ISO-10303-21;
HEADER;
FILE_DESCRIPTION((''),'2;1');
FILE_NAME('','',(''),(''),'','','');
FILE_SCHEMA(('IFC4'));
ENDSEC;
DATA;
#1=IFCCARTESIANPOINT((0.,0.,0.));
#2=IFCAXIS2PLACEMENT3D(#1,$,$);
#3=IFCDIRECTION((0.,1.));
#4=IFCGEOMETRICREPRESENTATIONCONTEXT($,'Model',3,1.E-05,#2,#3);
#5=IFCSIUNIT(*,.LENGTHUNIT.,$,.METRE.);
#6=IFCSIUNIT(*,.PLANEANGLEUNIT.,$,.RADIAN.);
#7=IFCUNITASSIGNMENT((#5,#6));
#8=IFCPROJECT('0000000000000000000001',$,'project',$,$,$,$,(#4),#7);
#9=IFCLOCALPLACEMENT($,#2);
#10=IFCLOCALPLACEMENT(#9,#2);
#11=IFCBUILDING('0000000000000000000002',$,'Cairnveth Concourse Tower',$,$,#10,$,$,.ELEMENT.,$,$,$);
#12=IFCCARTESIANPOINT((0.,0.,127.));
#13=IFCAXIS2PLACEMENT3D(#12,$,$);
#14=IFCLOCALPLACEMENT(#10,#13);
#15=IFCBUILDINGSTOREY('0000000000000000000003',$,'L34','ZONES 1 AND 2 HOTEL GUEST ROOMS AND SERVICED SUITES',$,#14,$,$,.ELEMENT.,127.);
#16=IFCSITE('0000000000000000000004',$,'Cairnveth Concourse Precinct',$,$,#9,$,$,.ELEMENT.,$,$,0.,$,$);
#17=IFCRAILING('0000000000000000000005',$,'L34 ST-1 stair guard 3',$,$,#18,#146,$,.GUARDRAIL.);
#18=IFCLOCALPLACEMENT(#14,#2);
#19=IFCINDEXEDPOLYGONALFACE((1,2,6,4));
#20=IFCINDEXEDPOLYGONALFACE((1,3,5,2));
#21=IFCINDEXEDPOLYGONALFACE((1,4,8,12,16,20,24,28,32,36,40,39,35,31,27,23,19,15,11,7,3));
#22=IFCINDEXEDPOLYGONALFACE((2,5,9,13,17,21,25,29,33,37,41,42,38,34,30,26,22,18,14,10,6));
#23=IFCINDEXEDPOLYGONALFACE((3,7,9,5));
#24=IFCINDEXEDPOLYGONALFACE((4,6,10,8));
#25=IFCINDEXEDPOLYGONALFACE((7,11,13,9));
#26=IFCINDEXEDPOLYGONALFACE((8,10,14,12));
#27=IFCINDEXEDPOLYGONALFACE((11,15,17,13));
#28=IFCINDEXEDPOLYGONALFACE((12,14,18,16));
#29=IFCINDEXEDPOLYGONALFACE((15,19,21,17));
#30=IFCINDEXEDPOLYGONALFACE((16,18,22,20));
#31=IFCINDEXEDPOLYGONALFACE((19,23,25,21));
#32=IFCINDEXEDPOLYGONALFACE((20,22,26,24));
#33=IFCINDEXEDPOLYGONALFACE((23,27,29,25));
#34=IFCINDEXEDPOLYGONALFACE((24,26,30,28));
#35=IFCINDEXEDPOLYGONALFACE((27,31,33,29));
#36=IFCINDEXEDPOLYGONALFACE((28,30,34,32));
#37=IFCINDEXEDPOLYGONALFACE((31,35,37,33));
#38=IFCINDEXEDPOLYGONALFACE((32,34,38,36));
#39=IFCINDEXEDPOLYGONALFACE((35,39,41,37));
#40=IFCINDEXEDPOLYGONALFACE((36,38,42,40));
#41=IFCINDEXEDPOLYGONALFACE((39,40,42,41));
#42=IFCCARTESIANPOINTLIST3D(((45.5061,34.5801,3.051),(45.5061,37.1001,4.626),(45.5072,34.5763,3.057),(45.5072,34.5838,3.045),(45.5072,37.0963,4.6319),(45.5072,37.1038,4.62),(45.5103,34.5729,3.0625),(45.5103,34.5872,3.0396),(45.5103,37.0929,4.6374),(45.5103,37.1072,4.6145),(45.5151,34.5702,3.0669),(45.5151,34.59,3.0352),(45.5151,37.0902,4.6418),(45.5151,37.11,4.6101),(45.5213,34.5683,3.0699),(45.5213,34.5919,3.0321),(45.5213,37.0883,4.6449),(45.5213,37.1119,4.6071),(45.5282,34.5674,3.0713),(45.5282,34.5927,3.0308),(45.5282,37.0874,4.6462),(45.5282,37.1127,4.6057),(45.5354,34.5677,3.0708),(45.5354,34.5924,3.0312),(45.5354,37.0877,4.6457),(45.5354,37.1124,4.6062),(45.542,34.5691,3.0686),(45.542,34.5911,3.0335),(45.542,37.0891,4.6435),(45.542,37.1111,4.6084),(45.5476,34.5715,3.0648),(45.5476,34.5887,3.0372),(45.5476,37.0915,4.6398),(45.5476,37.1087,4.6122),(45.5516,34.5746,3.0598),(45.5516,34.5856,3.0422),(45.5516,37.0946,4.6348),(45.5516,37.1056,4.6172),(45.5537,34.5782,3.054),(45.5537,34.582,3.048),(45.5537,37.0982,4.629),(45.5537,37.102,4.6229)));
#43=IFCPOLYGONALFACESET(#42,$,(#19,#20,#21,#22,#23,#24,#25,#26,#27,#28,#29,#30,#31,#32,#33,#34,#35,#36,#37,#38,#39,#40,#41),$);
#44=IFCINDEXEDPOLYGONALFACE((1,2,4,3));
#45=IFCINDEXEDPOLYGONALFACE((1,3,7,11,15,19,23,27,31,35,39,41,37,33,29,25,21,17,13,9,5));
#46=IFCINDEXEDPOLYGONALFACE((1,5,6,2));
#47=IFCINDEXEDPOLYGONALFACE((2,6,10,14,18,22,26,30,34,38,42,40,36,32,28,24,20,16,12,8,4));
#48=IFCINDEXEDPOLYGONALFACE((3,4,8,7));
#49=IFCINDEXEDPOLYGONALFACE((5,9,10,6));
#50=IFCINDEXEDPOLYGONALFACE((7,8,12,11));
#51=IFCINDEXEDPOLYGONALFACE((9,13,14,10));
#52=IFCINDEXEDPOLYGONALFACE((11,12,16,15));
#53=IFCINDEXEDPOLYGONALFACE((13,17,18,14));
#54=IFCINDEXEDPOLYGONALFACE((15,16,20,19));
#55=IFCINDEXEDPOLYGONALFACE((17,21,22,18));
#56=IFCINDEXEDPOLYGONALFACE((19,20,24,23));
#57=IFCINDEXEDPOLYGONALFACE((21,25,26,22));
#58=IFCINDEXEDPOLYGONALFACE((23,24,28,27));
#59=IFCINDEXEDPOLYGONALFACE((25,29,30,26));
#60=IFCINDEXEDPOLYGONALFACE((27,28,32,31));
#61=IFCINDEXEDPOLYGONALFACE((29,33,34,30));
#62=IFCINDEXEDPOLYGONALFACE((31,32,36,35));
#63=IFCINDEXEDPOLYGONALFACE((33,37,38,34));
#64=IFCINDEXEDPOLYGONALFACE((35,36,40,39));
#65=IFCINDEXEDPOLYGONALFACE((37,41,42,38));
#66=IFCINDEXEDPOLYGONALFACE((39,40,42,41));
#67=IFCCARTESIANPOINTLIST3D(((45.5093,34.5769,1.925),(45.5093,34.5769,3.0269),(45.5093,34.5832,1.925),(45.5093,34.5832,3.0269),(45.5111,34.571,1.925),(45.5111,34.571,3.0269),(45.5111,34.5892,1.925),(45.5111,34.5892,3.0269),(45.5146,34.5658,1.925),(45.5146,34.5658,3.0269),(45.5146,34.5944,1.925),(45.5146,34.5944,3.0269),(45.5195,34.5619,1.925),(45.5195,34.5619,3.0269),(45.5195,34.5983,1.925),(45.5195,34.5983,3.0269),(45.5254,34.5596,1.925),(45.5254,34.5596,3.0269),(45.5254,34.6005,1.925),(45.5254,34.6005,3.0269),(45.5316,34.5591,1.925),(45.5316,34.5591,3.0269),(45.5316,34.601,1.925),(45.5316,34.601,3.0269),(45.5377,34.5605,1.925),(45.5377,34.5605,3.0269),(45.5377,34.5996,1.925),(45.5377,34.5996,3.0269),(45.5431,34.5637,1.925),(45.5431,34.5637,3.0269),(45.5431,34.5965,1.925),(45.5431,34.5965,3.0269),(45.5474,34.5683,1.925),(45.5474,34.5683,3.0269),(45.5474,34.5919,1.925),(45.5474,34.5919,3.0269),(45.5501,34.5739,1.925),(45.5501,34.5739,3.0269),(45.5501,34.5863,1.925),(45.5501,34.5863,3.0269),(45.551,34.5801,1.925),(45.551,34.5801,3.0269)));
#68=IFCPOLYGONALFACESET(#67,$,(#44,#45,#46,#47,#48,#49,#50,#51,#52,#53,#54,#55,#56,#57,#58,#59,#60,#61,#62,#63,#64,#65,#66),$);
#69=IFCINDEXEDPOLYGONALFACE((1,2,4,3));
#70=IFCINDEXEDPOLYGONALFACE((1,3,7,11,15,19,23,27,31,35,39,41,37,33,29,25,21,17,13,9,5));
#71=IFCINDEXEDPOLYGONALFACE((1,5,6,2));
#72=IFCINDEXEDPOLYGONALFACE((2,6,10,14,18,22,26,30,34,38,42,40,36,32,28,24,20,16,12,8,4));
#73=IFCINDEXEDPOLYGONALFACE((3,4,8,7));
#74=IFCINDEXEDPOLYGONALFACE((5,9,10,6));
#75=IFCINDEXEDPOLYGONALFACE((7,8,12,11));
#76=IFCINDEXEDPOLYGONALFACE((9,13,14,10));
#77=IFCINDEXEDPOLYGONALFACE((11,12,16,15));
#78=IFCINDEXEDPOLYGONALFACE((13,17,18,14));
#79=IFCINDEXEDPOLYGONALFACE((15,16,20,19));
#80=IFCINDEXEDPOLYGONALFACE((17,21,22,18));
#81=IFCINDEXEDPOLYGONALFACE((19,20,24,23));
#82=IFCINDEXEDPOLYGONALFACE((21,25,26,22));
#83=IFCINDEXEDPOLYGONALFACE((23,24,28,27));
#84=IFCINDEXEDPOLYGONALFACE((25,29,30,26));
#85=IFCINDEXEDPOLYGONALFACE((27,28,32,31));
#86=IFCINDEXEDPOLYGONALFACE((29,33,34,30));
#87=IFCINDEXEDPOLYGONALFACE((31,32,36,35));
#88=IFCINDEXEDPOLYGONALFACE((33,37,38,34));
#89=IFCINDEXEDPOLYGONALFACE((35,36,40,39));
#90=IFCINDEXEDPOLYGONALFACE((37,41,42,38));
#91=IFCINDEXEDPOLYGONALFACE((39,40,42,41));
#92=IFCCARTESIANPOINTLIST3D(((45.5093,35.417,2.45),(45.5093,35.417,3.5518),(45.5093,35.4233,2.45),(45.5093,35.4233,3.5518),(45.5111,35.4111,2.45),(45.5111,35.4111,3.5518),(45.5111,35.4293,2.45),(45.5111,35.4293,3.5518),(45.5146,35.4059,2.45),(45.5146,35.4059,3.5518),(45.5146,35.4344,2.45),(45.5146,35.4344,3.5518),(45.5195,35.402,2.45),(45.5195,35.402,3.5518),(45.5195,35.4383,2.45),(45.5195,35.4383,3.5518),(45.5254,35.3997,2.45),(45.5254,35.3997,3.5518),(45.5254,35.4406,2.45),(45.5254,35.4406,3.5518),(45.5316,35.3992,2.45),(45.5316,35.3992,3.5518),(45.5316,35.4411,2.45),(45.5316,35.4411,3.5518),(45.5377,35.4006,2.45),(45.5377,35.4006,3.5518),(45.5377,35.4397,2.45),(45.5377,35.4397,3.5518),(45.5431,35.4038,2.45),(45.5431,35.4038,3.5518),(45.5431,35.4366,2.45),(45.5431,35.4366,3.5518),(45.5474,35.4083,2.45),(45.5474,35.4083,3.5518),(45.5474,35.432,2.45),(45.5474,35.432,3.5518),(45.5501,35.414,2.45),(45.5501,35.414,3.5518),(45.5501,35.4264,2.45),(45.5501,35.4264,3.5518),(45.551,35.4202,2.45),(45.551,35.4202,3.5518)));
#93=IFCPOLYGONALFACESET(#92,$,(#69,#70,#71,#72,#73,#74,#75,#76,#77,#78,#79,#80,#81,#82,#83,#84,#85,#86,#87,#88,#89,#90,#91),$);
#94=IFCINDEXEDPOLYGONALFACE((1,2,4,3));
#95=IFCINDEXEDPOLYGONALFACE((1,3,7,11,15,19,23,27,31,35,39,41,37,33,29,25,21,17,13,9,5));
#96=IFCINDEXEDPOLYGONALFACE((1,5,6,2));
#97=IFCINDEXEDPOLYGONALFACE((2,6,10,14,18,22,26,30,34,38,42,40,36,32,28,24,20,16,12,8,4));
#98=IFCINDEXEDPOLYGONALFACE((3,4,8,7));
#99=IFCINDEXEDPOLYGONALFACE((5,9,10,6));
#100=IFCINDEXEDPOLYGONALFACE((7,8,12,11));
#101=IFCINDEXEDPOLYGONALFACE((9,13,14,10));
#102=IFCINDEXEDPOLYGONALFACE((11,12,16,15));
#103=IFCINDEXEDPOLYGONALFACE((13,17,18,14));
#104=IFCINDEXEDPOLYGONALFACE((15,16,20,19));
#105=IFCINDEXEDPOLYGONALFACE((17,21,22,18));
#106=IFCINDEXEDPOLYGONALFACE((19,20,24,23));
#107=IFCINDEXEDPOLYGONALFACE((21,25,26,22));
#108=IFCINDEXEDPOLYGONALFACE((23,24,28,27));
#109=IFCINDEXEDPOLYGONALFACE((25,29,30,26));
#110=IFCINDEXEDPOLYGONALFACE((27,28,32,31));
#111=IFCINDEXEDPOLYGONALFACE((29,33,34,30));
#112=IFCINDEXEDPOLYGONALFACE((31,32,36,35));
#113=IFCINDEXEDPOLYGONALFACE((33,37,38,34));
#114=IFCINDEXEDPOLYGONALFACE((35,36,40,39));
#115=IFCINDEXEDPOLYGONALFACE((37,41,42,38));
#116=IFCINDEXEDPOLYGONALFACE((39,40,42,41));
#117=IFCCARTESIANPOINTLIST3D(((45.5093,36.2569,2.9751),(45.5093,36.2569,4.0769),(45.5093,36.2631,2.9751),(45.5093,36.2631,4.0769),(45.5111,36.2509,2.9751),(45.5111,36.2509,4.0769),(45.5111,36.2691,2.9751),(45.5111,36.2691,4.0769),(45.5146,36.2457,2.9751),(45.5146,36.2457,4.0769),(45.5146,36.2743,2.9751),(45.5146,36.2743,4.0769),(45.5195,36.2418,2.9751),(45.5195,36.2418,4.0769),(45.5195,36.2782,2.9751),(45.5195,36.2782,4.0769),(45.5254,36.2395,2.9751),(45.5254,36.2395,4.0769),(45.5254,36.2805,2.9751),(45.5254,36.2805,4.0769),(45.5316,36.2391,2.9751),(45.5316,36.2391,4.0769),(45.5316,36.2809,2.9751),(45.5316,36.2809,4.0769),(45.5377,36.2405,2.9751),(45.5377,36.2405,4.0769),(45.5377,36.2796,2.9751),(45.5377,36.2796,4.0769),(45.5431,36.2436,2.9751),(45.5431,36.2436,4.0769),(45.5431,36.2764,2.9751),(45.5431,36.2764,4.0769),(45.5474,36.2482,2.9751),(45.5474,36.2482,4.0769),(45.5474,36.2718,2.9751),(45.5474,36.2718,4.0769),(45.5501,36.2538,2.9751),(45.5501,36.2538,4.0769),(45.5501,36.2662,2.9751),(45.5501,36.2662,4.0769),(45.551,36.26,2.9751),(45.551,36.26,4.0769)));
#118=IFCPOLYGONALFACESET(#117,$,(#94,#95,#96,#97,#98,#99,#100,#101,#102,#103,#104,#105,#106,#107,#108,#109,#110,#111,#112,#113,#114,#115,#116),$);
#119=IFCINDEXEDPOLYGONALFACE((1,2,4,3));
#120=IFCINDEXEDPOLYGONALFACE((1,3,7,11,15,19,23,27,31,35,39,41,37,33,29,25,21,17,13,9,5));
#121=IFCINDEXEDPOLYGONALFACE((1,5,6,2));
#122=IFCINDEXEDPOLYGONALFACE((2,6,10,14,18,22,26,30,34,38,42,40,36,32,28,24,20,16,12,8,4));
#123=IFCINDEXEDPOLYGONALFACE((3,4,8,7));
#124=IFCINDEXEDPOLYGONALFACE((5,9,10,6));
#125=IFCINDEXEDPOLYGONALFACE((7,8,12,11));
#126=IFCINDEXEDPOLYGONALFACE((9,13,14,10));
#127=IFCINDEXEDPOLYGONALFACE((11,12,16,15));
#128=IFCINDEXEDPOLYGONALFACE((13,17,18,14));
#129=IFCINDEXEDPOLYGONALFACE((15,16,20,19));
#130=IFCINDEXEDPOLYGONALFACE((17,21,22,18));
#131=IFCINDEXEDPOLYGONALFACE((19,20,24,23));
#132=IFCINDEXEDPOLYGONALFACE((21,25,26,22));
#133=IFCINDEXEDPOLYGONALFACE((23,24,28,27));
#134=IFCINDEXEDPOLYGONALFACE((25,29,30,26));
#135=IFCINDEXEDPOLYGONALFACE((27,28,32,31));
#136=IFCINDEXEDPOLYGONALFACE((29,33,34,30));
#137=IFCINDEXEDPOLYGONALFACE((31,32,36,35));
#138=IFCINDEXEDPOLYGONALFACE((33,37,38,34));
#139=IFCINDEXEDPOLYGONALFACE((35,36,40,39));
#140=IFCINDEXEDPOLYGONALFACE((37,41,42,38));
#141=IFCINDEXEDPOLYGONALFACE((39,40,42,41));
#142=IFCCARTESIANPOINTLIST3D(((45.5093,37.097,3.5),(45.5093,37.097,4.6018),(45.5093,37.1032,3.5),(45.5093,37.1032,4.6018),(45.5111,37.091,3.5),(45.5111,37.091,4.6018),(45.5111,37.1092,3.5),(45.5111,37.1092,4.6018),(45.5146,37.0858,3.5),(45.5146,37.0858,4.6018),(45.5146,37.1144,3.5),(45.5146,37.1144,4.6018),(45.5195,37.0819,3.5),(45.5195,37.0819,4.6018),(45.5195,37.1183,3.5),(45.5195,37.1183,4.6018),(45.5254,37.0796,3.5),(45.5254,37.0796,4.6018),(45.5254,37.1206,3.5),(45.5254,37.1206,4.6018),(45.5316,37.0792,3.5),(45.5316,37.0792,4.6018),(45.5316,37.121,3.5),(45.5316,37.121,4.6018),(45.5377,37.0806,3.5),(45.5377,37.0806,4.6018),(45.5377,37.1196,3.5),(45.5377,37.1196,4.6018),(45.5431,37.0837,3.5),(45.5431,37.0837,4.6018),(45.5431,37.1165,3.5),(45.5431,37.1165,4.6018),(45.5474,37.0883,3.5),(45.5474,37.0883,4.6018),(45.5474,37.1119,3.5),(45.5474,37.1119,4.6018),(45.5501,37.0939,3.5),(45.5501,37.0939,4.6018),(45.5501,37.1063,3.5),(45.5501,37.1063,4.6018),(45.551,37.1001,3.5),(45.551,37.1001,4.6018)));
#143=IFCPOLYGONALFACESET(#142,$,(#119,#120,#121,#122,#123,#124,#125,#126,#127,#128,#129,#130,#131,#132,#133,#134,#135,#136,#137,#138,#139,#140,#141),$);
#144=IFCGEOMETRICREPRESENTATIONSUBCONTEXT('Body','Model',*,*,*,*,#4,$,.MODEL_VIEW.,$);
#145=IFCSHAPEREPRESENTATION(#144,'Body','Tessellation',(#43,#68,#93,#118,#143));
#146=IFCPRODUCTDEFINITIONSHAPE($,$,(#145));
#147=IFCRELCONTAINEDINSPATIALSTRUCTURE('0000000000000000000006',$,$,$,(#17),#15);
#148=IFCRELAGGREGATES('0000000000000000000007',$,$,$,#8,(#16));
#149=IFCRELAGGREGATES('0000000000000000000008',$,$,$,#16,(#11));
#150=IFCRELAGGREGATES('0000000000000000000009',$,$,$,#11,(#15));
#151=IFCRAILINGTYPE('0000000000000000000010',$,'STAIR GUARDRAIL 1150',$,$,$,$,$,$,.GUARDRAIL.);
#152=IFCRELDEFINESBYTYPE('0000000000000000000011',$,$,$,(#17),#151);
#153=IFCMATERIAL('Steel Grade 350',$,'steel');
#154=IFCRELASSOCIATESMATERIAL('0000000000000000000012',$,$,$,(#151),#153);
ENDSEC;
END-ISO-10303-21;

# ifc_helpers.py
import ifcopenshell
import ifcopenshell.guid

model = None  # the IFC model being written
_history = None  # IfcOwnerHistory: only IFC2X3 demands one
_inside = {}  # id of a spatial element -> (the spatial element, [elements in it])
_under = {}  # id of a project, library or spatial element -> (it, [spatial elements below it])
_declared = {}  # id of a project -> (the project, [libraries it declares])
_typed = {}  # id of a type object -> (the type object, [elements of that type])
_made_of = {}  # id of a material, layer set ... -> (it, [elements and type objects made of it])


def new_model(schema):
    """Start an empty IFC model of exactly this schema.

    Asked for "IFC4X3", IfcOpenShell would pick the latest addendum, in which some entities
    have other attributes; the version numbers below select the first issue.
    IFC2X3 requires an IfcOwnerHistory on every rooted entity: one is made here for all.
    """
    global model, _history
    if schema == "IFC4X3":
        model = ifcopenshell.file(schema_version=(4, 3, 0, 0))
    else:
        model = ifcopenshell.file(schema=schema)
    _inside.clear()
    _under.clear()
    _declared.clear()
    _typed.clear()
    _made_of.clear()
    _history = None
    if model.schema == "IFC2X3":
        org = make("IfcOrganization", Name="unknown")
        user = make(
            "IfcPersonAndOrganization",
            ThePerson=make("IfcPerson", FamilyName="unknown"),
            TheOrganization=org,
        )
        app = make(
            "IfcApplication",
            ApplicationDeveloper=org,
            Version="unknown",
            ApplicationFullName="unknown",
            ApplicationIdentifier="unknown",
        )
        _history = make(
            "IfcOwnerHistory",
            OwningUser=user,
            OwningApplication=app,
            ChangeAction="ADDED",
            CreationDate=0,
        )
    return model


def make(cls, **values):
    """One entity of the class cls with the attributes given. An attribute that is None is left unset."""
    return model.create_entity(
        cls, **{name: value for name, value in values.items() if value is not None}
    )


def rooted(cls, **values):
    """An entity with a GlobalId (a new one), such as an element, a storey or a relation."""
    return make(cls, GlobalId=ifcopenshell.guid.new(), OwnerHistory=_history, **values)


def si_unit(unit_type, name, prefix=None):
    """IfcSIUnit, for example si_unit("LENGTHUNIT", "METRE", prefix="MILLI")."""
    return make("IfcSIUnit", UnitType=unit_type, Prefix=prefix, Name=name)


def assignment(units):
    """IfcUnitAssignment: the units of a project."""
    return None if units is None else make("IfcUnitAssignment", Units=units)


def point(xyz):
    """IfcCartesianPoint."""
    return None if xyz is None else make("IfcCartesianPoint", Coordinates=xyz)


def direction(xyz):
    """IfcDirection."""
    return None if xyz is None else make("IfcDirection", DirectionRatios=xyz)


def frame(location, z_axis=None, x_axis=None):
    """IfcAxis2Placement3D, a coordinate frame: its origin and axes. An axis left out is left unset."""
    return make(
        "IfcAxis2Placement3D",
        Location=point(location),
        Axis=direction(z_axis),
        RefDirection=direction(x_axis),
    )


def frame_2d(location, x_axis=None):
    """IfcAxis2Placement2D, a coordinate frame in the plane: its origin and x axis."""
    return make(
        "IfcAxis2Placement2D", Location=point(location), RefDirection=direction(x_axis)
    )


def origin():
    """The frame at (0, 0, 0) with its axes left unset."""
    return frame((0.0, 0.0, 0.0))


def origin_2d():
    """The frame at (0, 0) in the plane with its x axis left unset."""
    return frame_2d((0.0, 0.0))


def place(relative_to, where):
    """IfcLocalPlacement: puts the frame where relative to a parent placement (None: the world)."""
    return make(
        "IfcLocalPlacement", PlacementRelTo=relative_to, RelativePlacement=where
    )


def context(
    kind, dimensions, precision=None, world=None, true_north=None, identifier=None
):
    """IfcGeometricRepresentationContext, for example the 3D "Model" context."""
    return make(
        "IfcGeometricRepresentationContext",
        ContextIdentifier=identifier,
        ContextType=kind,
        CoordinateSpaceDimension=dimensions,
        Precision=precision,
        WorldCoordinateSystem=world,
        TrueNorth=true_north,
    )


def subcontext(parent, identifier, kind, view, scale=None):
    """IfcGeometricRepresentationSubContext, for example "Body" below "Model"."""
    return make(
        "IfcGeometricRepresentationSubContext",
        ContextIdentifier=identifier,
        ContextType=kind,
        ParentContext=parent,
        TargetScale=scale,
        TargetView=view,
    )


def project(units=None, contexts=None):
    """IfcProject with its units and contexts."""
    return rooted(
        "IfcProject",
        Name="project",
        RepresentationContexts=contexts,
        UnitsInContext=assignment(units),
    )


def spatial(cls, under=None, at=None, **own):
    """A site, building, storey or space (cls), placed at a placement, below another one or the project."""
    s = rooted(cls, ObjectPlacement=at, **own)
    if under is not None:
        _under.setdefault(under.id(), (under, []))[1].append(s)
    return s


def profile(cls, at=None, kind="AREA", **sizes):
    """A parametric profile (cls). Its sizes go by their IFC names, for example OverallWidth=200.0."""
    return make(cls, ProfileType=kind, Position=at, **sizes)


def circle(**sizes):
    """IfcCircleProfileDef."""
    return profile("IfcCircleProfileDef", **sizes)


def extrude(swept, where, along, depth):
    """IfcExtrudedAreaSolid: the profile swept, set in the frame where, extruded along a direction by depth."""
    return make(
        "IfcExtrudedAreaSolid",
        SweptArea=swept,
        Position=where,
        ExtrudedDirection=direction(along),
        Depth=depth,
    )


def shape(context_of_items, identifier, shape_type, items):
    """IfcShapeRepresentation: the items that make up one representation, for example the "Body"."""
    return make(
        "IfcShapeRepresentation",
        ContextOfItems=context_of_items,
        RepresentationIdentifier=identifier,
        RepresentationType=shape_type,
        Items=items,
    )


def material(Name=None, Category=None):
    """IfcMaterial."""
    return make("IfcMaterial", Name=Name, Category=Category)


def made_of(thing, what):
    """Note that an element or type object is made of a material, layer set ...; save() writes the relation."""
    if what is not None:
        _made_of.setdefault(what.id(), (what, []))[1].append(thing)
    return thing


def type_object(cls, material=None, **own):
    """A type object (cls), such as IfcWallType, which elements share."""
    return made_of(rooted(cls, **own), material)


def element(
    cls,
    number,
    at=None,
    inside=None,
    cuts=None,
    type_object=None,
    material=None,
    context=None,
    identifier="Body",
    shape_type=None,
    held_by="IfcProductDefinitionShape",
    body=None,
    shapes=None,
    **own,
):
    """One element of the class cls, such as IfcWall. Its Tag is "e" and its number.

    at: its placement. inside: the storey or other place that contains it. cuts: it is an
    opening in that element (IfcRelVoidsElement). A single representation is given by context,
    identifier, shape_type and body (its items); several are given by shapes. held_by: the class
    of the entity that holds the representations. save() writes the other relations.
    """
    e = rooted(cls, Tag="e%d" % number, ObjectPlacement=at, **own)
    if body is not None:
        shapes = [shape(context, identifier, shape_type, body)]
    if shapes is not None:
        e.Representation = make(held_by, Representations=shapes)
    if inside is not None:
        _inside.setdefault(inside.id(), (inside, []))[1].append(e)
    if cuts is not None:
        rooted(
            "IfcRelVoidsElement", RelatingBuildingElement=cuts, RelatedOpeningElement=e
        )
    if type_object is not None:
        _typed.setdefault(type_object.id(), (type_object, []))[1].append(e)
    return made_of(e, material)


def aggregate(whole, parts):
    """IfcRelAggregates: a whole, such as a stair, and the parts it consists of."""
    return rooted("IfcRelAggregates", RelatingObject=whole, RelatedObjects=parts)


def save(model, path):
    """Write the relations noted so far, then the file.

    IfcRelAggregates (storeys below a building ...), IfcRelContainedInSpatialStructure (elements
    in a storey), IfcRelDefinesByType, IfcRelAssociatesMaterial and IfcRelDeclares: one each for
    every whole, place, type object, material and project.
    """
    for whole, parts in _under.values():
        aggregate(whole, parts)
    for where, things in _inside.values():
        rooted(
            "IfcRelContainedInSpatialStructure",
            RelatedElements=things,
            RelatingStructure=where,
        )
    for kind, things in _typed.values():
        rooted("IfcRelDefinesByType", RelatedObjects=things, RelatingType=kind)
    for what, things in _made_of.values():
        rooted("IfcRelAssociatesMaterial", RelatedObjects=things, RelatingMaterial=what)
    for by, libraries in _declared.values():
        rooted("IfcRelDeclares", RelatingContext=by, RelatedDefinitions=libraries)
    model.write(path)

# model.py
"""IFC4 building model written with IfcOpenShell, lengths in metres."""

from ifc_helpers import new_model, si_unit, direction, frame, origin, origin_2d, place, context, subcontext, project, spatial, circle, extrude, material, type_object, element, save


model = new_model("IFC4")

# Units and contexts
model_context = context("Model", 3, precision=1e-05, world=origin(), true_north=direction((0.0, 1.0)))
body_context = subcontext(model_context, "Body", "Model", "MODEL_VIEW")
ifc_project = project(units=[si_unit("LENGTHUNIT", "METRE"), si_unit("PLANEANGLEUNIT", "RADIAN")], contexts=[model_context])

# Site, building, storey
site_placement = place(None, origin())
site = spatial("IfcSite", under=ifc_project, at=site_placement, Name="Cairnveth Concourse Precinct", CompositionType="ELEMENT", RefElevation=0.0)
building_placement = place(site_placement, origin())
building = spatial("IfcBuilding", under=site, at=building_placement, Name="Cairnveth Concourse Tower", CompositionType="ELEMENT")
storey_placement = place(building_placement, frame((0.0, 0.0, 127.0)))
storey = spatial("IfcBuildingStorey", under=building, at=storey_placement, Name="L34", Description="ZONES 1 AND 2 HOTEL GUEST ROOMS AND SERVICED SUITES", CompositionType="ELEMENT", Elevation=127.0)

# Railing
ifc_material_1 = material(Name="Steel Grade 350", Category="steel")
railing_type_1 = type_object("IfcRailingType", Name="STAIR GUARDRAIL 1150", PredefinedType="GUARDRAIL", material=ifc_material_1)
railing_1_placement = place(storey_placement, frame((45.53, 34.5801, 1.925)))
element("IfcRailing", 1, at=railing_1_placement, inside=storey, type_object=railing_type_1, Name="L34 ST-1 stair guard 3", PredefinedType="GUARDRAIL", context=body_context, shape_type="SweptSolid", body=[
    extrude(circle(Radius=0.0239, at=origin_2d()), frame((0.0, 0.0, 1.126), z_axis=(0.0, 0.848008, 0.529984), x_axis=(-1.0, 0.0, 0.0)), (0.0, 0.0, 1.0), 2.9717),
    extrude(circle(Radius=0.021, at=origin_2d()), origin(), (0.0, 0.0, 1.0), 1.1018),
    extrude(circle(Radius=0.021, at=origin_2d()), frame((0.0, 0.8401, 0.5249)), (0.0, 0.0, 1.0), 1.1018),
    extrude(circle(Radius=0.021, at=origin_2d()), frame((0.0, 1.6799, 1.05)), (0.0, 0.0, 1.0), 1.1018),
    extrude(circle(Radius=0.021, at=origin_2d()), frame((0.0, 2.52, 1.575)), (0.0, 0.0, 1.0), 1.1018),
])

save(model, "model.ifc")
